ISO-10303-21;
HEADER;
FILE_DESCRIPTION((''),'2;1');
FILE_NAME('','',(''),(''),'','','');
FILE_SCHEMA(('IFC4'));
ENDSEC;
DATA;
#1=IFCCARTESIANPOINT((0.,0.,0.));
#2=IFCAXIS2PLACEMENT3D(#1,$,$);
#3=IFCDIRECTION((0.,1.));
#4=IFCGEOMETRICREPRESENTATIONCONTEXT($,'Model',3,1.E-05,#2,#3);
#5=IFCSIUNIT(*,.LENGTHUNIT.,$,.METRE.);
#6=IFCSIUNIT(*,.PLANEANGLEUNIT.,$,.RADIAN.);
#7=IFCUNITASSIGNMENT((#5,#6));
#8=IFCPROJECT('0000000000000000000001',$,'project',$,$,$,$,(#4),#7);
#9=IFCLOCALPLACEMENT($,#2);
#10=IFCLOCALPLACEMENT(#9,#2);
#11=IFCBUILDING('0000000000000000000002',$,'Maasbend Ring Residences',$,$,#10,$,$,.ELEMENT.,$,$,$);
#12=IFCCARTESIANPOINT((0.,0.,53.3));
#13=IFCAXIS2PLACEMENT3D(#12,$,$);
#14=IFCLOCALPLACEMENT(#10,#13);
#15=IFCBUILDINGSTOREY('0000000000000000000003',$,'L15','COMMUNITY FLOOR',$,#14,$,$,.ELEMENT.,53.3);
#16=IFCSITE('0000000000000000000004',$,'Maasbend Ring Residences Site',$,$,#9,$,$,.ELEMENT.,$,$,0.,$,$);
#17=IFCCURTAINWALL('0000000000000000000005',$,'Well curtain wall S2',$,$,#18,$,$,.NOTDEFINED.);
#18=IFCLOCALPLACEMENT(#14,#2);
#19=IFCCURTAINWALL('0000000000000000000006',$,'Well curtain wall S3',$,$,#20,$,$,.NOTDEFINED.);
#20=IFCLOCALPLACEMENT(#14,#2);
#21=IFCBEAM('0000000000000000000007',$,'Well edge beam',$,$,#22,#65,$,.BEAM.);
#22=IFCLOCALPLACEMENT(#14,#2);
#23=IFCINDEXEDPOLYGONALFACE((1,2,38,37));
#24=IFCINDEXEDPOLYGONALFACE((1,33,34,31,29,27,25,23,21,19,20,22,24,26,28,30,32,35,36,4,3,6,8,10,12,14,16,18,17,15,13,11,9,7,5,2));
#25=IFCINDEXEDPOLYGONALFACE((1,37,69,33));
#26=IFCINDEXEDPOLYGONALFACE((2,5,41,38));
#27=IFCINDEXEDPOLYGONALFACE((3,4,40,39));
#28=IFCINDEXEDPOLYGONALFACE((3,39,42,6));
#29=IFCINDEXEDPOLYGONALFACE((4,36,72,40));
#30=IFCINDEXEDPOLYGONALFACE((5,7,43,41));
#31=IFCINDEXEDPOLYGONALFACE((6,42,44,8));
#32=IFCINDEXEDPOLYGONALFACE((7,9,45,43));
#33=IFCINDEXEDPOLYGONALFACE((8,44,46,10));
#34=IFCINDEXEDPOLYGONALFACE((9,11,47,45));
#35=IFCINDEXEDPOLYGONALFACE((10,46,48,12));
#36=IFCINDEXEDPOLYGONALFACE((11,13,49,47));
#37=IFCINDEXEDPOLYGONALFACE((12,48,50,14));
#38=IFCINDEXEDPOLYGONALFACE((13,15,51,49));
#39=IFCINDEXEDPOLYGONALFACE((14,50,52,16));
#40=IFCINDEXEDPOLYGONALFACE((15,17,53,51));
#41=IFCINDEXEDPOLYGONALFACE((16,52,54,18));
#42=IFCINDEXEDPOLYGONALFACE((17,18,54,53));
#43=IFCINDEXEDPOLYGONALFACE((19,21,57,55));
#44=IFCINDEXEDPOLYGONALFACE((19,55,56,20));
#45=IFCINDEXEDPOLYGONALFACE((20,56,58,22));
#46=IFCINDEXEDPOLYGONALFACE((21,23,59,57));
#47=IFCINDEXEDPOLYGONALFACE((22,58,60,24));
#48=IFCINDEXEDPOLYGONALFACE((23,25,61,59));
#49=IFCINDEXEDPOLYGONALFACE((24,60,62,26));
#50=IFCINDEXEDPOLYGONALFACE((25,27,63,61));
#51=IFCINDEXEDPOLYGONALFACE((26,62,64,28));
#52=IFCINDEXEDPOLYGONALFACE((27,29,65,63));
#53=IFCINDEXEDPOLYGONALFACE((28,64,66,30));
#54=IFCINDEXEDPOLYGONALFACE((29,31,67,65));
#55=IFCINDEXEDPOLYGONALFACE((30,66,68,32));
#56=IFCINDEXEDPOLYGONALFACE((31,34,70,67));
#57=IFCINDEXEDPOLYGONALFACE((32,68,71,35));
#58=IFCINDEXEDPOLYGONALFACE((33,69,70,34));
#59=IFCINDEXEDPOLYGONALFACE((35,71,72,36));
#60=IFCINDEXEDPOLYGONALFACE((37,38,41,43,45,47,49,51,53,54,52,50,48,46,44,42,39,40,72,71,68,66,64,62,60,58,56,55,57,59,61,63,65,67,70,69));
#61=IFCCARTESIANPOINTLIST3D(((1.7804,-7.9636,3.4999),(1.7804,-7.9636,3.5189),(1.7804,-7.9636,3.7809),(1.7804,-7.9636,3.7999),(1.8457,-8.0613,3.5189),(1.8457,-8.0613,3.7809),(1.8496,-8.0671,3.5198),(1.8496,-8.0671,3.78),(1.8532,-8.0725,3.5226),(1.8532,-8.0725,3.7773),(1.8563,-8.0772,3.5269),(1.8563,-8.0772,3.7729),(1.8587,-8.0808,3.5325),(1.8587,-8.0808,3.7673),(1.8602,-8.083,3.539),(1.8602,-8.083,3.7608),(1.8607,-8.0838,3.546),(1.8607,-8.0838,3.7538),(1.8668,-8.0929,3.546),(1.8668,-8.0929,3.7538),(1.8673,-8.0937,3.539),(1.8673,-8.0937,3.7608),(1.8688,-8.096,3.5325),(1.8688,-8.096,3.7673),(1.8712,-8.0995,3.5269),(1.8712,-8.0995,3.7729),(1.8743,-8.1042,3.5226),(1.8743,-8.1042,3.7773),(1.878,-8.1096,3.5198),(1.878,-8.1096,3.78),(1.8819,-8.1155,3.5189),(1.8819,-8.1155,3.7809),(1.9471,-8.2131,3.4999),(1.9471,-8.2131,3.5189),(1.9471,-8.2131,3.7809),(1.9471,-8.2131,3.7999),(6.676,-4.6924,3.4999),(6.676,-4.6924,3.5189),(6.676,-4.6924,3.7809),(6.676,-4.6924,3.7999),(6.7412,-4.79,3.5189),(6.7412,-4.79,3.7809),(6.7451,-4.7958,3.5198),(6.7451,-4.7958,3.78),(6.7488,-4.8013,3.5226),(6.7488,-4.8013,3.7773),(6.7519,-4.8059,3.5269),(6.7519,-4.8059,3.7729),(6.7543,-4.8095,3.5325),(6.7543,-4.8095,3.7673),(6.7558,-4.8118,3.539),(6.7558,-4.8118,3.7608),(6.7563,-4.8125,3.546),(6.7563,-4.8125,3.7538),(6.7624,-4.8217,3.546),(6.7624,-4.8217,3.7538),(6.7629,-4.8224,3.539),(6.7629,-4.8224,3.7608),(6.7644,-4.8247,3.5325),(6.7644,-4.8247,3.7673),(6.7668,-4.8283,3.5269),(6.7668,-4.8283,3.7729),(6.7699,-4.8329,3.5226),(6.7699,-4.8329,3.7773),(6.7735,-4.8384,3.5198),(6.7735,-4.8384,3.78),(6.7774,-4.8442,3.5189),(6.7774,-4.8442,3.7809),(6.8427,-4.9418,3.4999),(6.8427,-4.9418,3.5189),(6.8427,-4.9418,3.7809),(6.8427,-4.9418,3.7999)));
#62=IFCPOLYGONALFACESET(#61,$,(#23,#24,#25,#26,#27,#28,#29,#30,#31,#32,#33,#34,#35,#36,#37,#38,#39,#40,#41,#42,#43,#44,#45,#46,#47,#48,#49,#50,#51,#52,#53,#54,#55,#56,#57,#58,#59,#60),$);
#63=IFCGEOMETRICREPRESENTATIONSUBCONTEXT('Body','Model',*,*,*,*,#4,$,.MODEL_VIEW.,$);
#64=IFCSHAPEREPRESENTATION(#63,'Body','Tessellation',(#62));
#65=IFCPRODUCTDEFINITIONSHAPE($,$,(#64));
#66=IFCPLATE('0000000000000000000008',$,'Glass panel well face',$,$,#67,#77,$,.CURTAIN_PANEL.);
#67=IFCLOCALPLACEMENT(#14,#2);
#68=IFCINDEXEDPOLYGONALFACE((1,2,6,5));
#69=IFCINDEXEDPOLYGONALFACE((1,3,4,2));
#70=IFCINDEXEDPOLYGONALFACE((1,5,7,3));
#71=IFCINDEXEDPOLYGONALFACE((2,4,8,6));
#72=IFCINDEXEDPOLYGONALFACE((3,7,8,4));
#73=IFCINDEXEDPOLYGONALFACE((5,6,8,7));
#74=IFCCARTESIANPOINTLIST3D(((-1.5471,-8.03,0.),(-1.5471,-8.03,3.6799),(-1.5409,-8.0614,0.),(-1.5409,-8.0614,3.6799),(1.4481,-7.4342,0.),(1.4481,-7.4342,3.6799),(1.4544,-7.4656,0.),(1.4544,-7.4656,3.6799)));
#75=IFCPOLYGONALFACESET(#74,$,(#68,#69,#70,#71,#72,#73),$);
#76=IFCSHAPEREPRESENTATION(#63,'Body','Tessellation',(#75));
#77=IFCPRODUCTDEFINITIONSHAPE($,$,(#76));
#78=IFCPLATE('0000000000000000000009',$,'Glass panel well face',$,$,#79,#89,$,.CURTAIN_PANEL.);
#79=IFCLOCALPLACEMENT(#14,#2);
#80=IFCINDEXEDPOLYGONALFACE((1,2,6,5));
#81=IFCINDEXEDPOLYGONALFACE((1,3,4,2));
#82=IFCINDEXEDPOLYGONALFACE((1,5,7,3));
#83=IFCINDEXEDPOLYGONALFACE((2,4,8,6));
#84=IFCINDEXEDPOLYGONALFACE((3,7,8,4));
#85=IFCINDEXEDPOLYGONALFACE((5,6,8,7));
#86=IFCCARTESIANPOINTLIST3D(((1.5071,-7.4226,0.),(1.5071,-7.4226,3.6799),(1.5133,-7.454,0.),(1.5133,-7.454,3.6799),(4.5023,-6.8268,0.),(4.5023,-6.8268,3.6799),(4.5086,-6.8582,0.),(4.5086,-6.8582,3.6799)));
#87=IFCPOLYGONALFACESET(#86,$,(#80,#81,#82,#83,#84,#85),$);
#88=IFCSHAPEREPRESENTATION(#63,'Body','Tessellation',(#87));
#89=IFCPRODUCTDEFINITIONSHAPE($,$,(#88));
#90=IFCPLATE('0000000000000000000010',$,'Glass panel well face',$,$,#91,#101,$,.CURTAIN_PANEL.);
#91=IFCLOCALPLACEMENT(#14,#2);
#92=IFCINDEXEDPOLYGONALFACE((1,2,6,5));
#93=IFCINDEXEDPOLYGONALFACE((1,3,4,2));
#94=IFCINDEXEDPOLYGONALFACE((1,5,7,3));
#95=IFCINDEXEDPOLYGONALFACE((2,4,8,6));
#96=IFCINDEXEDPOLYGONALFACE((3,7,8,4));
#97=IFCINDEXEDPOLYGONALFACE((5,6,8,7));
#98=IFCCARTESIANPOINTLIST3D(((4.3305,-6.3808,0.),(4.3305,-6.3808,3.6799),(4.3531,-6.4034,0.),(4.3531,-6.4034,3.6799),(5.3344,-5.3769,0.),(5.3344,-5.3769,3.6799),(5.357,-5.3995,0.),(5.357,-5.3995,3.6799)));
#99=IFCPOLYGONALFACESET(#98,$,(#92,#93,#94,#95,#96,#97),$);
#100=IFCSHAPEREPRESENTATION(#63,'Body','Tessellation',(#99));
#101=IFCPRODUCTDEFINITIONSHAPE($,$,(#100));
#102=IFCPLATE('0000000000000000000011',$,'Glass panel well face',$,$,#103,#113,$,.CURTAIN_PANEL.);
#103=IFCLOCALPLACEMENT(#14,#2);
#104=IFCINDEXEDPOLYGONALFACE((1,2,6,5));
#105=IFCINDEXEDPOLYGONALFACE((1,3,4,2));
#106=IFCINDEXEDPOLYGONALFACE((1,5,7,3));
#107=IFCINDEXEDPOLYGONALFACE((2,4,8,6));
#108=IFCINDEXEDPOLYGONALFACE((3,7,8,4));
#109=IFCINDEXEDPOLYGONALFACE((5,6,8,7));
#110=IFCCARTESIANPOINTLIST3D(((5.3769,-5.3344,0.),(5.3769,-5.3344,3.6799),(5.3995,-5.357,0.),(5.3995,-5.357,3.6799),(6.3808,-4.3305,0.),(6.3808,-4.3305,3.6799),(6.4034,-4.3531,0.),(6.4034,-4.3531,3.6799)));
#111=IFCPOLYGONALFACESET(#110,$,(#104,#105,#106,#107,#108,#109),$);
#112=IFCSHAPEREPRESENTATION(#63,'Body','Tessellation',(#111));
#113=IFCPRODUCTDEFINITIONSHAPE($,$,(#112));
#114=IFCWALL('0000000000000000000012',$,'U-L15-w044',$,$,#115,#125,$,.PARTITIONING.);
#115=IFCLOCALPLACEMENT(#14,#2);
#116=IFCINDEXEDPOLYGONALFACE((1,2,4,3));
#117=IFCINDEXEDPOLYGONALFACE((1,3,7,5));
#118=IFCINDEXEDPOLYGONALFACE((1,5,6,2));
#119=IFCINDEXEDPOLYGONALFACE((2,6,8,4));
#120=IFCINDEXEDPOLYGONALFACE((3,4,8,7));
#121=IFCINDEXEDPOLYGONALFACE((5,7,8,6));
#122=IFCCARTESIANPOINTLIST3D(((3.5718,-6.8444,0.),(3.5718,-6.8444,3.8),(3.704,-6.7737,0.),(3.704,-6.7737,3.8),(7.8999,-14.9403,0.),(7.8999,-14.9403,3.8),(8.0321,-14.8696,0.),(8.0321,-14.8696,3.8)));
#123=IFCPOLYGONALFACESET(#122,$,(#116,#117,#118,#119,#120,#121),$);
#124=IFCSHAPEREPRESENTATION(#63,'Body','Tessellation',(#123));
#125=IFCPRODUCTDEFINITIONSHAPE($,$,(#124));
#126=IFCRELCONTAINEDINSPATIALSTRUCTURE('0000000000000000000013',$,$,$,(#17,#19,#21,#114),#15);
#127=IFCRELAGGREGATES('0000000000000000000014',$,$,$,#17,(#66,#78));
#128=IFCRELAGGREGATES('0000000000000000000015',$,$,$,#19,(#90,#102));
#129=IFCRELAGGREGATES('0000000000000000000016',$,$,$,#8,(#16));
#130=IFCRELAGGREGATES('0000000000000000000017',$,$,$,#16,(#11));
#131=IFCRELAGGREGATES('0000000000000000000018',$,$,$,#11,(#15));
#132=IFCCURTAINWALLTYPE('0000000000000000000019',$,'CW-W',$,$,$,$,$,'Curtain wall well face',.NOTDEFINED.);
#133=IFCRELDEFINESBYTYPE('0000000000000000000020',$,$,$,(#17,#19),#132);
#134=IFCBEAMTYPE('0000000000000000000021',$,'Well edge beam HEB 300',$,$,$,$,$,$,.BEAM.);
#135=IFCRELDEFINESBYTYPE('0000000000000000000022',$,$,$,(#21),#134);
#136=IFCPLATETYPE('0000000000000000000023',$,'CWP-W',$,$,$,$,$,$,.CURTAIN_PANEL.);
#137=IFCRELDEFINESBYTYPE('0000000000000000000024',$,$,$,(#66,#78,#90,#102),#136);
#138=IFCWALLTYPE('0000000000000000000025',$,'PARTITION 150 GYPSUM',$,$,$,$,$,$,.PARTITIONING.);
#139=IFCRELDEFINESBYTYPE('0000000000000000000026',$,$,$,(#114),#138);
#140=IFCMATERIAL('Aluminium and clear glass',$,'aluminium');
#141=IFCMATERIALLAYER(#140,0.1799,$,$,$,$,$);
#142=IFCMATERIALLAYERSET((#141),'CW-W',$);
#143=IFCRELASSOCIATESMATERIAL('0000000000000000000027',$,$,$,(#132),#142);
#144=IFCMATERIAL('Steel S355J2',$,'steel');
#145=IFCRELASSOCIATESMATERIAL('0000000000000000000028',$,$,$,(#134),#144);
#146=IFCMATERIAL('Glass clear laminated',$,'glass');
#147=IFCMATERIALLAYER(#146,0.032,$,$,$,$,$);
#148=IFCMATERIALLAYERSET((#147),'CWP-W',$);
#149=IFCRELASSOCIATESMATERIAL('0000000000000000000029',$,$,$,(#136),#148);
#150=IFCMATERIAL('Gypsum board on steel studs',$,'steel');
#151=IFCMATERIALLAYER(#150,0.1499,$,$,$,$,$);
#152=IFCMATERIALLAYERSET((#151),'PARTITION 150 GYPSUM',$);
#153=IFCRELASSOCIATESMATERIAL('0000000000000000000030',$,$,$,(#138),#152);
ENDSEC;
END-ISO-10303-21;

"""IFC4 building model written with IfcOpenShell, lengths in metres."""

from ifc_helpers import new_model, si_unit, direction, frame, frame_2d, origin, origin_2d, place, context, subcontext, project, spatial, rectangle, i_section, extrude, material, layer, layer_set, material_profile, profile_set, type_object, element, aggregate, save


model = new_model("IFC4")

# Units and contexts
model_context = context("Model", 3, precision=1e-05, world=origin(), true_north=direction((0.0, 1.0)))
body_context = subcontext(model_context, "Body", "Model", "MODEL_VIEW")
ifc_project = project(units=[si_unit("LENGTHUNIT", "METRE"), si_unit("PLANEANGLEUNIT", "RADIAN")], contexts=[model_context])

# Site, building, storey
site_placement = place(None, origin())
site = spatial("IfcSite", under=ifc_project, at=site_placement, Name="Maasbend Ring Residences Site", CompositionType="ELEMENT", RefElevation=0.0)
building_placement = place(site_placement, origin())
building = spatial("IfcBuilding", under=site, at=building_placement, Name="Maasbend Ring Residences", CompositionType="ELEMENT")
storey_placement = place(building_placement, frame((0.0, 0.0, 53.3)))
storey = spatial("IfcBuildingStorey", under=building, at=storey_placement, Name="L15", Description="COMMUNITY FLOOR", CompositionType="ELEMENT", Elevation=53.3)

# Curtain walls
ifc_material_1 = material(Name="Aluminium and clear glass", Category="aluminium")
ifc_layer_1 = layer(ifc_material_1, 0.1799)
ifc_layer_set_1 = layer_set([ifc_layer_1], Name="CW-W")
curtain_wall_type = type_object("IfcCurtainWallType", Name="CW-W", ElementType="Curtain wall well face", PredefinedType="NOTDEFINED", material=ifc_layer_set_1)
curtain_wall_1_placement = place(storey_placement, origin())
curtain_wall_1 = element("IfcCurtainWall", 1, at=curtain_wall_1_placement, inside=storey, type_object=curtain_wall_type, Name="Well curtain wall S2", PredefinedType="NOTDEFINED")
curtain_wall_2_placement = place(storey_placement, origin())
curtain_wall_2 = element("IfcCurtainWall", 2, at=curtain_wall_2_placement, inside=storey, type_object=curtain_wall_type, Name="Well curtain wall S3", PredefinedType="NOTDEFINED")

# Beam
ifc_material_2 = material(Name="Steel S355J2", Category="steel")
ifc_material_profile_1 = material_profile(ifc_material_2, i_section(OverallWidth=0.3, OverallDepth=0.3, WebThickness=0.011, FlangeThickness=0.019, FilletRadius=0.0271, at=origin_2d()), Name="HEB 300")
ifc_profile_set_1 = profile_set([ifc_material_profile_1], Name="Steel S355J2")
beam_type = type_object("IfcBeamType", Name="Well edge beam HEB 300", PredefinedType="BEAM", material=ifc_profile_set_1)
beam_placement = place(storey_placement, frame((1.8638, -8.0884, 3.6499), z_axis=(0.831457, 0.55559, 0.0), x_axis=(-0.55559, 0.831457, 0.0)))
element("IfcBeam", 3, at=beam_placement, inside=storey, type_object=beam_type, Name="Well edge beam", PredefinedType="BEAM", context=body_context, shape_type="SweptSolid", body=[
    extrude(i_section(OverallWidth=0.3, OverallDepth=0.3, WebThickness=0.011, FlangeThickness=0.019, FilletRadius=0.0271, at=origin_2d()), origin(), (0.0, 0.0, 1.0), 5.8879),
])

# Plates
ifc_material_3 = material(Name="Glass clear laminated", Category="glass")
ifc_layer_2 = layer(ifc_material_3, 0.032)
ifc_layer_set_2 = layer_set([ifc_layer_2], Name="CWP-W")
plate_type = type_object("IfcPlateType", Name="CWP-W", PredefinedType="CURTAIN_PANEL", material=ifc_layer_set_2)
plate_1_placement = place(storey_placement, frame((-0.0464, -7.7478, 0.0), z_axis=(0.0, 0.0, 1.0), x_axis=(0.980785, 0.19509, 0.0)))
plate_1 = element("IfcPlate", 4, at=plate_1_placement, type_object=plate_type, Name="Glass panel well face", PredefinedType="CURTAIN_PANEL", context=body_context, shape_type="SweptSolid", body=[
    extrude(rectangle(XDim=3.054, YDim=0.032, at=origin_2d()), origin(), (0.0, 0.0, 1.0), 3.6799),
])
plate_2_placement = place(storey_placement, frame((3.0078, -7.1404, 0.0), z_axis=(0.0, 0.0, 1.0), x_axis=(0.980785, 0.19509, 0.0)))
plate_2 = element("IfcPlate", 5, at=plate_2_placement, type_object=plate_type, Name="Glass panel well face", PredefinedType="CURTAIN_PANEL", context=body_context, shape_type="SweptSolid", body=[
    extrude(rectangle(XDim=3.054, YDim=0.032, at=origin_2d()), origin(), (0.0, 0.0, 1.0), 3.6799),
])
aggregate(curtain_wall_1, [plate_1, plate_2])
plate_3_placement = place(storey_placement, frame((4.8438, -5.8901, 0.0), z_axis=(0.0, 0.0, 1.0), x_axis=(0.707107, 0.707107, 0.0)))
plate_3 = element("IfcPlate", 6, at=plate_3_placement, type_object=plate_type, Name="Glass panel well face", PredefinedType="CURTAIN_PANEL", context=body_context, shape_type="SweptSolid", body=[
    extrude(rectangle(XDim=1.4197, YDim=0.032, at=origin_2d()), origin(), (0.0, 0.0, 1.0), 3.6799),
])
plate_4_placement = place(storey_placement, frame((5.8901, -4.8438, 0.0), z_axis=(0.0, 0.0, 1.0), x_axis=(0.707107, 0.707107, 0.0)))
plate_4 = element("IfcPlate", 7, at=plate_4_placement, type_object=plate_type, Name="Glass panel well face", PredefinedType="CURTAIN_PANEL", context=body_context, shape_type="SweptSolid", body=[
    extrude(rectangle(XDim=1.4197, YDim=0.032, at=origin_2d()), origin(), (0.0, 0.0, 1.0), 3.6799),
])
aggregate(curtain_wall_2, [plate_3, plate_4])

# Wall
ifc_material_4 = material(Name="Gypsum board on steel studs", Category="steel")
ifc_layer_3 = layer(ifc_material_4, 0.1499)
ifc_layer_set_3 = layer_set([ifc_layer_3], Name="PARTITION 150 GYPSUM")
wall_type = type_object("IfcWallType", Name="PARTITION 150 GYPSUM", PredefinedType="PARTITIONING", material=ifc_layer_set_3)
wall_placement = place(storey_placement, frame((3.6379, -6.8091, 0.0), z_axis=(0.0, 0.0, 1.0), x_axis=(0.47146, -0.881887, 0.0)))
element("IfcWall", 8, at=wall_placement, inside=storey, type_object=wall_type, Name="U-L15-w044", PredefinedType="PARTITIONING", context=body_context, shape_type="SweptSolid", body=[
    extrude(rectangle(XDim=9.1802, YDim=0.1499, at=frame_2d((4.5901, 0.0))), origin(), (0.0, 0.0, 1.0), 3.8),
])

save(model, "model.ifc")
